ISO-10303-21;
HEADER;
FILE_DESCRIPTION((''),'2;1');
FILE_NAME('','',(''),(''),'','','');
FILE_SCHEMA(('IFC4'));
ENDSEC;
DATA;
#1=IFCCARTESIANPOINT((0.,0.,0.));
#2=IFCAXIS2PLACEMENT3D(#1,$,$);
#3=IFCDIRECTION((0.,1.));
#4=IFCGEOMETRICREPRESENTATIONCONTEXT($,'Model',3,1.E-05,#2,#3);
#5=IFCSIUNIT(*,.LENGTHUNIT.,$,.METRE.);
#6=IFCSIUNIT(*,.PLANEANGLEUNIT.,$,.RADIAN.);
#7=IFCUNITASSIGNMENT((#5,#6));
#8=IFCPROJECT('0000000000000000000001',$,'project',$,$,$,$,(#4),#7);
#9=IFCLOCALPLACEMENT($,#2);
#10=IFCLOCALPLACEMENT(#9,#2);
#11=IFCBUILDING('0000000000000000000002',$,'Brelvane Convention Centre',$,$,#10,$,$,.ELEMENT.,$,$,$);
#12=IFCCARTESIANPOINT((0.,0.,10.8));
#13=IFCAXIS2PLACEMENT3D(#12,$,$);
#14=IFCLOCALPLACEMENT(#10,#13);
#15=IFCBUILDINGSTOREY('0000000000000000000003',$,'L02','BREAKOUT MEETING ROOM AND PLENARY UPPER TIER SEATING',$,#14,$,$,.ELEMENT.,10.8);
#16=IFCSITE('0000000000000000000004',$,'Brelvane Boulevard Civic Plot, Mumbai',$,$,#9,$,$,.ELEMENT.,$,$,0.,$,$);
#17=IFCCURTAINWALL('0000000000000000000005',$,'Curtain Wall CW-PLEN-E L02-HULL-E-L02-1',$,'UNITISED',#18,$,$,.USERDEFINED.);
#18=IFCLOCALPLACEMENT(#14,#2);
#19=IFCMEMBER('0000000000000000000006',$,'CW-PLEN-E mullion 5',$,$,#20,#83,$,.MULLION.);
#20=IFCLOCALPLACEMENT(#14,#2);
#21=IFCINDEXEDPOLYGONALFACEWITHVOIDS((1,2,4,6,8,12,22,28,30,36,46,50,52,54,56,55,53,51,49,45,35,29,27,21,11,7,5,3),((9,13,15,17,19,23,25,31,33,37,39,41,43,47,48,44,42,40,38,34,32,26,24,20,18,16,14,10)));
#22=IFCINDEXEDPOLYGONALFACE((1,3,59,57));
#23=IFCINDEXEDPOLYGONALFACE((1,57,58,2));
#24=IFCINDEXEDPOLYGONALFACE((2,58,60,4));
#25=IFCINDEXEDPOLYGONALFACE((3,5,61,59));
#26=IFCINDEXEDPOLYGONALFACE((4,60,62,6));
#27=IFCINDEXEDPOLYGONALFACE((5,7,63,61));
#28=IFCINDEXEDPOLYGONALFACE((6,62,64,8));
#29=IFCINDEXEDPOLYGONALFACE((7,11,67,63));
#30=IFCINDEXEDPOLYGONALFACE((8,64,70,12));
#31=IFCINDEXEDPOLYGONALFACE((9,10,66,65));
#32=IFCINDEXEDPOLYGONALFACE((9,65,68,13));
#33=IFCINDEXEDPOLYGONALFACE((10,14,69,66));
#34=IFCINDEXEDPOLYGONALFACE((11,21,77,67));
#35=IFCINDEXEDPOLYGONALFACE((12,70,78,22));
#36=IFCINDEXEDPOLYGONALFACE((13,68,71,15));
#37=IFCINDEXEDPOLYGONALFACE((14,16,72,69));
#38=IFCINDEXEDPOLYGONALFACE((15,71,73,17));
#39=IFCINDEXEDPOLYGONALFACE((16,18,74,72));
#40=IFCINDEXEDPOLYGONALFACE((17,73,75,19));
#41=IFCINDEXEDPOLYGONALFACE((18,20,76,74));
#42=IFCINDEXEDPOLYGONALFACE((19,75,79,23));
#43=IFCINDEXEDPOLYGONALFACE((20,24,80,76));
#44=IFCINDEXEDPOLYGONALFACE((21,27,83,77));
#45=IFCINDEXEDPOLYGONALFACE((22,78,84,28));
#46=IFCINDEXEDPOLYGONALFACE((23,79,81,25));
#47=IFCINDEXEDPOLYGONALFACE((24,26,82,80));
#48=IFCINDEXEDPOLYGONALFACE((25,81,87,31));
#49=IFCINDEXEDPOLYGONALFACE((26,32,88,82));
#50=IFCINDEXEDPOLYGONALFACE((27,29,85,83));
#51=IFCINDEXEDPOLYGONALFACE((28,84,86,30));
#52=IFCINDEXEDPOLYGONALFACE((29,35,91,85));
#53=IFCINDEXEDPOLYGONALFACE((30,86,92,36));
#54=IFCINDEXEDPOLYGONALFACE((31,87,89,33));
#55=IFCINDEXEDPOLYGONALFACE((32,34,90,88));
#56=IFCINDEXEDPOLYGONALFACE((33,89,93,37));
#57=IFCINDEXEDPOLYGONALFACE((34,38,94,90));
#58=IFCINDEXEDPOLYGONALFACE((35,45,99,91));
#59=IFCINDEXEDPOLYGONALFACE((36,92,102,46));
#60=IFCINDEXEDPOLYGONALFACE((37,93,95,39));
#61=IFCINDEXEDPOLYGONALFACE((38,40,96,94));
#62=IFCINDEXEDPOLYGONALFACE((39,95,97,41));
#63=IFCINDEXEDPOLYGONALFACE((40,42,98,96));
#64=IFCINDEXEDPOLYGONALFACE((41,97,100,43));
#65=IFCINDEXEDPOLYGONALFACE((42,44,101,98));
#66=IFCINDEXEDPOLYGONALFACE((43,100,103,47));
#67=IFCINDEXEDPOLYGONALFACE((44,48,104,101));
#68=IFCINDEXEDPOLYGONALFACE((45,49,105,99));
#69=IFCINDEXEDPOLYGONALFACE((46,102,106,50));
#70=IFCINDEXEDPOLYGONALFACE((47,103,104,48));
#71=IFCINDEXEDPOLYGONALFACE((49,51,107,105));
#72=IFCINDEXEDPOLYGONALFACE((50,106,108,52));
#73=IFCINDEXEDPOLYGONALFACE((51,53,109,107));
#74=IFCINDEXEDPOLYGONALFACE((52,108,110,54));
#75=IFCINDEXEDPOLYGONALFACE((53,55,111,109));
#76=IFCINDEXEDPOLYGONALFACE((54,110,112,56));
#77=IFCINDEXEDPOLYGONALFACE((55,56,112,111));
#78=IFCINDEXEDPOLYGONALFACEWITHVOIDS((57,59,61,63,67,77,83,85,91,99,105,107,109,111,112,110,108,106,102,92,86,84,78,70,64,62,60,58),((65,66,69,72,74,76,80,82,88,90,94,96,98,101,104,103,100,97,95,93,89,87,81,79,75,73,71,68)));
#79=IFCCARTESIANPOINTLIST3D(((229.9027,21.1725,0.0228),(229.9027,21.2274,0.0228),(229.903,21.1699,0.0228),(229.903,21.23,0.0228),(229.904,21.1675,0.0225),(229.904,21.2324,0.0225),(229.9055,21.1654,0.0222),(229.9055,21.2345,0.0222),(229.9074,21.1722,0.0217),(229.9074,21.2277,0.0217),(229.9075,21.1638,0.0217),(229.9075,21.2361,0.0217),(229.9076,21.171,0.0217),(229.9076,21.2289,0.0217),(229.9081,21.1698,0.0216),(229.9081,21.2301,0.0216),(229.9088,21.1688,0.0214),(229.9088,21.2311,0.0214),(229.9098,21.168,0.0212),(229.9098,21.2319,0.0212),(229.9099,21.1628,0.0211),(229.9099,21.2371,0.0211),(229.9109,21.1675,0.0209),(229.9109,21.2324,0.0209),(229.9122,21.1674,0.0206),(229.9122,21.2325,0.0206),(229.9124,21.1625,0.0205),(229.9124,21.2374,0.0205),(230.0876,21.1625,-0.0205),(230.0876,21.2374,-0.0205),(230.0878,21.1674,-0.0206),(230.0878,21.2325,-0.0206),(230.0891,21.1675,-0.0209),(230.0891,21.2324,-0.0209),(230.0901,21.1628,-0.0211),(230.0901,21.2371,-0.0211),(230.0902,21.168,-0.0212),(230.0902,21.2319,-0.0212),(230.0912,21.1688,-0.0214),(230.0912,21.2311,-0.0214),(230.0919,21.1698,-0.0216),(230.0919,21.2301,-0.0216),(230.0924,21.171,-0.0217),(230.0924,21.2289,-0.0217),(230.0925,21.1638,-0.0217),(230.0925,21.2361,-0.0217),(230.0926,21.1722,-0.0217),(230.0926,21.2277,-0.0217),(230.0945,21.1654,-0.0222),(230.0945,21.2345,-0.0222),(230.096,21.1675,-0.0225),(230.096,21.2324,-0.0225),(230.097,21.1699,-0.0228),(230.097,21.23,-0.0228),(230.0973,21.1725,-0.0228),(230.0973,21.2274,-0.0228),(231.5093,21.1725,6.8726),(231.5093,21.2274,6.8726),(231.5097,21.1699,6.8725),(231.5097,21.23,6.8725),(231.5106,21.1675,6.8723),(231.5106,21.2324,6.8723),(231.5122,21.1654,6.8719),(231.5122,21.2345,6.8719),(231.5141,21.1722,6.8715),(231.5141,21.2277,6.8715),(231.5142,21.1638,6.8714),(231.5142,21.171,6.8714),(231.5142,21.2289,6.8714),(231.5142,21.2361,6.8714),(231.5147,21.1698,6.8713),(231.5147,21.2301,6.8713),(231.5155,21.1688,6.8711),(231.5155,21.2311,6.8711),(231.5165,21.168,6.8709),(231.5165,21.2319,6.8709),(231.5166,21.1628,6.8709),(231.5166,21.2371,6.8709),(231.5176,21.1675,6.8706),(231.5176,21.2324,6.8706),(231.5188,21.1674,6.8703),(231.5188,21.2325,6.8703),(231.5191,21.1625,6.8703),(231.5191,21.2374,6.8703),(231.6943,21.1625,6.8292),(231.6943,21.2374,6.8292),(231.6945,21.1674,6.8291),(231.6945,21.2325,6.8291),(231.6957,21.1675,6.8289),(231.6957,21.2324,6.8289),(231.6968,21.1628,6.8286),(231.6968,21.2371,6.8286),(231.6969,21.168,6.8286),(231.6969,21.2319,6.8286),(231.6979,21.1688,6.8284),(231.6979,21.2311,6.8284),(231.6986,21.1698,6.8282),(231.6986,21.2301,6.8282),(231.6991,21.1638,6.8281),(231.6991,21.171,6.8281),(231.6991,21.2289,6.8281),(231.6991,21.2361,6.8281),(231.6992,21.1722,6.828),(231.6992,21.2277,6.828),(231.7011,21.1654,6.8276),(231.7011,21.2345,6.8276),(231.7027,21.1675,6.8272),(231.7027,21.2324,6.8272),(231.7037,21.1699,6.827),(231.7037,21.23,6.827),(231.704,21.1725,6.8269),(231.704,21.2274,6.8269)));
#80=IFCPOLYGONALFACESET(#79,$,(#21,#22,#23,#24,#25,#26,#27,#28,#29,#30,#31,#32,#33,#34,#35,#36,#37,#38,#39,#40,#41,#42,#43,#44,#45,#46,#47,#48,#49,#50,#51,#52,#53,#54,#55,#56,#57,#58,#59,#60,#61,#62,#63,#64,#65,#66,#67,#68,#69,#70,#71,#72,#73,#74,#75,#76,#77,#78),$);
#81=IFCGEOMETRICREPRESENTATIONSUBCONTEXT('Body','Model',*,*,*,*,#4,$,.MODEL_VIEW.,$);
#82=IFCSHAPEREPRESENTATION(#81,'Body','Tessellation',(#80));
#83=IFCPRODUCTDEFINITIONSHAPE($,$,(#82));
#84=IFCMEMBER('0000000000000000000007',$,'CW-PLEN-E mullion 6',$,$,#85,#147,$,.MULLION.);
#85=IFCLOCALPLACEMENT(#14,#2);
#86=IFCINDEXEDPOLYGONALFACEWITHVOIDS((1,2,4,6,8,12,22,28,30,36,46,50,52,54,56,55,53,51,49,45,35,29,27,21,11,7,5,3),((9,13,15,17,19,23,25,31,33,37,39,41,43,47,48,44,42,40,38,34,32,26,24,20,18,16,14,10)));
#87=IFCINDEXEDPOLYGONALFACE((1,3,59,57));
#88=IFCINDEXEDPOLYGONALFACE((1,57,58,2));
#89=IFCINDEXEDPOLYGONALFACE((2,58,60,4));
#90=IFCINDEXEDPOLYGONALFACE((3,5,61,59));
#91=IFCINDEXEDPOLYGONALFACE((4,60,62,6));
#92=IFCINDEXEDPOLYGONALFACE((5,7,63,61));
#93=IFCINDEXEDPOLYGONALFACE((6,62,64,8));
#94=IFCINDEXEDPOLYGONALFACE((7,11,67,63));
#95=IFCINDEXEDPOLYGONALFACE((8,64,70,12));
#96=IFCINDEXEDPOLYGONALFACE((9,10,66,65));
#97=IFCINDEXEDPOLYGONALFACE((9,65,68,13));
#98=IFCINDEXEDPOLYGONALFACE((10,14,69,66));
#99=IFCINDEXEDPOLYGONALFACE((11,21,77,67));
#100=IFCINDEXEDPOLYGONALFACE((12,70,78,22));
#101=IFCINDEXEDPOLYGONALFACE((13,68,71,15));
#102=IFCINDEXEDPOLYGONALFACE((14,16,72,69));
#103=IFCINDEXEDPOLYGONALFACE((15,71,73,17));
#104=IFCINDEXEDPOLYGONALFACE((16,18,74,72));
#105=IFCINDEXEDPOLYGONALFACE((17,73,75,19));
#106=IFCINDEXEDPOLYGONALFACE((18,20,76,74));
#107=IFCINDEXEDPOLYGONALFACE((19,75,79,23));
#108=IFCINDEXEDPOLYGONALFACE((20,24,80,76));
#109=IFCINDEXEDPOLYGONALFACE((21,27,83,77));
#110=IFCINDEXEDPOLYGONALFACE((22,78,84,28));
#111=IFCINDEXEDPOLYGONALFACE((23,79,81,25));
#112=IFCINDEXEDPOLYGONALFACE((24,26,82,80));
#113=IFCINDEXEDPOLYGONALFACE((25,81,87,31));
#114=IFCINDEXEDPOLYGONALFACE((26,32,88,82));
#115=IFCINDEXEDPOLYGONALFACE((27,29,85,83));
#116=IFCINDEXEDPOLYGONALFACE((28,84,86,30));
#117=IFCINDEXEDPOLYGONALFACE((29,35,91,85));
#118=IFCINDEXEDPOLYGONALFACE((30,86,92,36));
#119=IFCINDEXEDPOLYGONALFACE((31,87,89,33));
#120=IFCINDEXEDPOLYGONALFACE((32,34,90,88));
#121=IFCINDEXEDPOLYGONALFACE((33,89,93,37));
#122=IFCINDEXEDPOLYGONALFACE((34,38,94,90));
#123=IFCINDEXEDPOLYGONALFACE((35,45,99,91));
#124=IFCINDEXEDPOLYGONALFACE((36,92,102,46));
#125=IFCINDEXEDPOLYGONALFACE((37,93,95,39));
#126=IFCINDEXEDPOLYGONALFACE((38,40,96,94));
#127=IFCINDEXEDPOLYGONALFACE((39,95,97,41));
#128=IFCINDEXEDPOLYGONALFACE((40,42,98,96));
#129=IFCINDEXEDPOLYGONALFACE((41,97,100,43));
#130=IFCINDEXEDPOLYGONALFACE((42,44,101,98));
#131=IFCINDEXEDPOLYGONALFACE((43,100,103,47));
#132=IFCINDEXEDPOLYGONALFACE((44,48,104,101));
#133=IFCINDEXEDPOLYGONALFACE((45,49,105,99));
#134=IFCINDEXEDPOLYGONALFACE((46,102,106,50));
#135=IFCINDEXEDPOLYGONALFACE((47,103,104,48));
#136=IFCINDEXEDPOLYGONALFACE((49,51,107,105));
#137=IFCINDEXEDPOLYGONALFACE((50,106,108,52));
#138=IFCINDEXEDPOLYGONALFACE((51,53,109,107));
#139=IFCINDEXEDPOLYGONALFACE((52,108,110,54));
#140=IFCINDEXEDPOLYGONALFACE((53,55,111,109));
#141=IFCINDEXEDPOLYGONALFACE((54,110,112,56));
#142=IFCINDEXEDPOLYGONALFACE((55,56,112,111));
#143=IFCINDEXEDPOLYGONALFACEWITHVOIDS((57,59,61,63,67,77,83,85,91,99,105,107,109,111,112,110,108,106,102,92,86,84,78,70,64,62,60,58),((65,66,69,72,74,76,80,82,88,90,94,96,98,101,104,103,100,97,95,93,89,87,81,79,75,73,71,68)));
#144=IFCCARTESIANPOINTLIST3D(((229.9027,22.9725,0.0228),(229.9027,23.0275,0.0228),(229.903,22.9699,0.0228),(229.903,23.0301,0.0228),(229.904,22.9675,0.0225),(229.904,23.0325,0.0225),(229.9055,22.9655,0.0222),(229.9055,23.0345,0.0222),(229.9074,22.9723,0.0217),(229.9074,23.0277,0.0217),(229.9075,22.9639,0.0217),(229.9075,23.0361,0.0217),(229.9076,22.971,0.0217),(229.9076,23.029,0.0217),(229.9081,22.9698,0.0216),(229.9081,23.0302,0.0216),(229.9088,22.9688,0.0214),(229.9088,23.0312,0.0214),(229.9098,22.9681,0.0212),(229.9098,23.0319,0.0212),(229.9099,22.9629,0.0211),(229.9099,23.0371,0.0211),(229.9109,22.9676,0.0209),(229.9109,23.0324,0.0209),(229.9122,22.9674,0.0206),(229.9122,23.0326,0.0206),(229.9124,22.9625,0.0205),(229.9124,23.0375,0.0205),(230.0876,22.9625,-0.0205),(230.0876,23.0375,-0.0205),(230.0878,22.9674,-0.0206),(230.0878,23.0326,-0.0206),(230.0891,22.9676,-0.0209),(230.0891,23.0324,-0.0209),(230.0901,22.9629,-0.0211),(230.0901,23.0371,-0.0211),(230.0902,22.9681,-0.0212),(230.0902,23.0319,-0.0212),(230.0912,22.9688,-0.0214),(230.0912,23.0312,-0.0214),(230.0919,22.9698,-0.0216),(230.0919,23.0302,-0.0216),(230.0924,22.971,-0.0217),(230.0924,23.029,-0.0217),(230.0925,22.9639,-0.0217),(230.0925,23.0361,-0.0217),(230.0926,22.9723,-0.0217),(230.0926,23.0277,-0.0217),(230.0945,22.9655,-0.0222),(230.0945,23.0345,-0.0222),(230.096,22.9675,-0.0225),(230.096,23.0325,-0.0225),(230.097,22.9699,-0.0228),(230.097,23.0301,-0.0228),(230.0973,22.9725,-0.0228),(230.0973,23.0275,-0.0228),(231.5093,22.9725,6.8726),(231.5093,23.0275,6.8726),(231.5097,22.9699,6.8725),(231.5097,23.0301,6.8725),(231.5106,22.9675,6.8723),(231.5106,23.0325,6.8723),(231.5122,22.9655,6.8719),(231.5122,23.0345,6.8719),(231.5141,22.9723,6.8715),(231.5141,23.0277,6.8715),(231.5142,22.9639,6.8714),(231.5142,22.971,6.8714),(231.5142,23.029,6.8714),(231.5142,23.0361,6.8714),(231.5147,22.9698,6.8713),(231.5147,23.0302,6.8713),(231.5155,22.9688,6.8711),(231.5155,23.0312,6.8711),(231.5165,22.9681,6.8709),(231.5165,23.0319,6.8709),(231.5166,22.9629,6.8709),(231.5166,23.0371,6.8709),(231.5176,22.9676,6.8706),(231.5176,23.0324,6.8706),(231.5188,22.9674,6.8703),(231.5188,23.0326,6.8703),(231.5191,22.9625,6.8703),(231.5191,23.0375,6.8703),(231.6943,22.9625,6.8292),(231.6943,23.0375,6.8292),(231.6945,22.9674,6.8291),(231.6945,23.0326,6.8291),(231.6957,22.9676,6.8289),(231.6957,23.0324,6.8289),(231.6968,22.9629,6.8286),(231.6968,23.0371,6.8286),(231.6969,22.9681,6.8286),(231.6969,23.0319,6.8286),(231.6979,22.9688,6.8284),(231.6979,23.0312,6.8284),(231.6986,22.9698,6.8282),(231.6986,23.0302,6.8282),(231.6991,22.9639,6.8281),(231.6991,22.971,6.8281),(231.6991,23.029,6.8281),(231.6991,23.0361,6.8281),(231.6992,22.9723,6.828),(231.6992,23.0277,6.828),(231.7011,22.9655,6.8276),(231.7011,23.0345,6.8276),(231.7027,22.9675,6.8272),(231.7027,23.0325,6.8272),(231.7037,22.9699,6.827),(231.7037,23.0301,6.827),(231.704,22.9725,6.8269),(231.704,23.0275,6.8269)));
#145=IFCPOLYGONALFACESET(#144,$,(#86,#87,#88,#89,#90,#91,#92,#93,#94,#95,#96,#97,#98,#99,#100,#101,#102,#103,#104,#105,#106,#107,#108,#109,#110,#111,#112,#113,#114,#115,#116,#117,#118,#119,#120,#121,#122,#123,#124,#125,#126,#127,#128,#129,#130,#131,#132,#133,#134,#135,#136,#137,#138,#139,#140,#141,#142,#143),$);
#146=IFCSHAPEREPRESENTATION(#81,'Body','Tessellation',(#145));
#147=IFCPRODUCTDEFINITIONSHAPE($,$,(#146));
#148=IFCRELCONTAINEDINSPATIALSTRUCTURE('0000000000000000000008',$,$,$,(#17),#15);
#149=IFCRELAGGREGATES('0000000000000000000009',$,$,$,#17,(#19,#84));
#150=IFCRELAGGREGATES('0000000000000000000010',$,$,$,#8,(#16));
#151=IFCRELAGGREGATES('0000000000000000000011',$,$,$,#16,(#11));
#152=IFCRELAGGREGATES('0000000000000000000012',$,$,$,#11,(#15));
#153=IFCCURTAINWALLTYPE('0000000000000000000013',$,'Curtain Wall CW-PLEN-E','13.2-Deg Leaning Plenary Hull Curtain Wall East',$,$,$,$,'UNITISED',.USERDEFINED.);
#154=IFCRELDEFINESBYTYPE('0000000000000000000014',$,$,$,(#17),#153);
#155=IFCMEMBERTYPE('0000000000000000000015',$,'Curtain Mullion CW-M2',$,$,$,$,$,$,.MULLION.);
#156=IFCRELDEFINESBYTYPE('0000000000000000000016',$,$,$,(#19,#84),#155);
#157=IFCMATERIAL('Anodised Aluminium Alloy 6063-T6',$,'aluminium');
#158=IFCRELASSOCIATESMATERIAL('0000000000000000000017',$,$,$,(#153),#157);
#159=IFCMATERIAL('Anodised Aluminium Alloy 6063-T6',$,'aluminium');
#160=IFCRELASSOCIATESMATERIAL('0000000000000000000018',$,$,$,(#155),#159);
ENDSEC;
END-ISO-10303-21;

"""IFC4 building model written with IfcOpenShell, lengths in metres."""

from ifc_helpers import new_model, si_unit, direction, frame, origin, origin_2d, place, context, subcontext, project, spatial, hollow_rectangle, extrude, material, material_profile, profile_set, type_object, element, aggregate, save


model = new_model("IFC4")

# Units and contexts
model_context = context("Model", 3, precision=1e-05, world=origin(), true_north=direction((0.0, 1.0)))
body_context = subcontext(model_context, "Body", "Model", "MODEL_VIEW")
ifc_project = project(units=[si_unit("LENGTHUNIT", "METRE"), si_unit("PLANEANGLEUNIT", "RADIAN")], contexts=[model_context])

# Site, building, storey
site_placement = place(None, origin())
site = spatial("IfcSite", under=ifc_project, at=site_placement, Name="Brelvane Boulevard Civic Plot, Mumbai", CompositionType="ELEMENT", RefElevation=0.0)
building_placement = place(site_placement, origin())
building = spatial("IfcBuilding", under=site, at=building_placement, Name="Brelvane Convention Centre", CompositionType="ELEMENT")
storey_placement = place(building_placement, frame((0.0, 0.0, 10.8)))
storey = spatial("IfcBuildingStorey", under=building, at=storey_placement, Name="L02", Description="BREAKOUT MEETING ROOM AND PLENARY UPPER TIER SEATING", CompositionType="ELEMENT", Elevation=10.8)

# Curtain wall, members
ifc_material_1 = material(Name="Anodised Aluminium Alloy 6063-T6", Category="aluminium")
curtain_wall_type = type_object("IfcCurtainWallType", Name="Curtain Wall CW-PLEN-E", Description="13.2-Deg Leaning Plenary Hull Curtain Wall East", ElementType="UNITISED", PredefinedType="USERDEFINED", material=ifc_material_1)
curtain_wall_placement = place(storey_placement, origin())
curtain_wall = element("IfcCurtainWall", 1, at=curtain_wall_placement, inside=storey, type_object=curtain_wall_type, Name="Curtain Wall CW-PLEN-E L02-HULL-E-L02-1", ObjectType="UNITISED", PredefinedType="USERDEFINED")
ifc_material_2 = material(Name="Anodised Aluminium Alloy 6063-T6", Category="aluminium")
ifc_material_profile_1 = material_profile(ifc_material_2, hollow_rectangle(XDim=0.075, YDim=0.2, WallThickness=0.0049, InnerFilletRadius=0.0049, OuterFilletRadius=0.01, at=origin_2d()), Name="ALU-M 200x75x5.0")
ifc_profile_set_1 = profile_set([ifc_material_profile_1], Name="Anodised Aluminium Alloy 6063-T6")
member_type_1 = type_object("IfcMemberType", Name="Curtain Mullion CW-M2", PredefinedType="MULLION", material=ifc_profile_set_1)
member_1_placement = place(storey_placement, frame((230.0, 21.2, 0.0), z_axis=(0.22836, 0.0, 0.973577), x_axis=(0.0, 1.0, 0.0)))
member_1 = element("IfcMember", 2, at=member_1_placement, type_object=member_type_1, Name="CW-PLEN-E mullion 5", PredefinedType="MULLION", context=body_context, shape_type="SweptSolid", body=[
    extrude(hollow_rectangle(XDim=0.075, YDim=0.2, WallThickness=0.0049, InnerFilletRadius=0.0049, OuterFilletRadius=0.01, at=origin_2d()), origin(), (0.0, 0.0, 1.0), 7.0356),
])
member_2_placement = place(storey_placement, frame((230.0, 23.0, 0.0), z_axis=(0.22836, 0.0, 0.973577), x_axis=(0.0, 1.0, 0.0)))
member_2 = element("IfcMember", 3, at=member_2_placement, type_object=member_type_1, Name="CW-PLEN-E mullion 6", PredefinedType="MULLION", context=body_context, shape_type="SweptSolid", body=[
    extrude(hollow_rectangle(XDim=0.075, YDim=0.2, WallThickness=0.0049, InnerFilletRadius=0.0049, OuterFilletRadius=0.01, at=origin_2d()), origin(), (0.0, 0.0, 1.0), 7.0356),
])
aggregate(curtain_wall, [member_1, member_2])

save(model, "model.ifc")
